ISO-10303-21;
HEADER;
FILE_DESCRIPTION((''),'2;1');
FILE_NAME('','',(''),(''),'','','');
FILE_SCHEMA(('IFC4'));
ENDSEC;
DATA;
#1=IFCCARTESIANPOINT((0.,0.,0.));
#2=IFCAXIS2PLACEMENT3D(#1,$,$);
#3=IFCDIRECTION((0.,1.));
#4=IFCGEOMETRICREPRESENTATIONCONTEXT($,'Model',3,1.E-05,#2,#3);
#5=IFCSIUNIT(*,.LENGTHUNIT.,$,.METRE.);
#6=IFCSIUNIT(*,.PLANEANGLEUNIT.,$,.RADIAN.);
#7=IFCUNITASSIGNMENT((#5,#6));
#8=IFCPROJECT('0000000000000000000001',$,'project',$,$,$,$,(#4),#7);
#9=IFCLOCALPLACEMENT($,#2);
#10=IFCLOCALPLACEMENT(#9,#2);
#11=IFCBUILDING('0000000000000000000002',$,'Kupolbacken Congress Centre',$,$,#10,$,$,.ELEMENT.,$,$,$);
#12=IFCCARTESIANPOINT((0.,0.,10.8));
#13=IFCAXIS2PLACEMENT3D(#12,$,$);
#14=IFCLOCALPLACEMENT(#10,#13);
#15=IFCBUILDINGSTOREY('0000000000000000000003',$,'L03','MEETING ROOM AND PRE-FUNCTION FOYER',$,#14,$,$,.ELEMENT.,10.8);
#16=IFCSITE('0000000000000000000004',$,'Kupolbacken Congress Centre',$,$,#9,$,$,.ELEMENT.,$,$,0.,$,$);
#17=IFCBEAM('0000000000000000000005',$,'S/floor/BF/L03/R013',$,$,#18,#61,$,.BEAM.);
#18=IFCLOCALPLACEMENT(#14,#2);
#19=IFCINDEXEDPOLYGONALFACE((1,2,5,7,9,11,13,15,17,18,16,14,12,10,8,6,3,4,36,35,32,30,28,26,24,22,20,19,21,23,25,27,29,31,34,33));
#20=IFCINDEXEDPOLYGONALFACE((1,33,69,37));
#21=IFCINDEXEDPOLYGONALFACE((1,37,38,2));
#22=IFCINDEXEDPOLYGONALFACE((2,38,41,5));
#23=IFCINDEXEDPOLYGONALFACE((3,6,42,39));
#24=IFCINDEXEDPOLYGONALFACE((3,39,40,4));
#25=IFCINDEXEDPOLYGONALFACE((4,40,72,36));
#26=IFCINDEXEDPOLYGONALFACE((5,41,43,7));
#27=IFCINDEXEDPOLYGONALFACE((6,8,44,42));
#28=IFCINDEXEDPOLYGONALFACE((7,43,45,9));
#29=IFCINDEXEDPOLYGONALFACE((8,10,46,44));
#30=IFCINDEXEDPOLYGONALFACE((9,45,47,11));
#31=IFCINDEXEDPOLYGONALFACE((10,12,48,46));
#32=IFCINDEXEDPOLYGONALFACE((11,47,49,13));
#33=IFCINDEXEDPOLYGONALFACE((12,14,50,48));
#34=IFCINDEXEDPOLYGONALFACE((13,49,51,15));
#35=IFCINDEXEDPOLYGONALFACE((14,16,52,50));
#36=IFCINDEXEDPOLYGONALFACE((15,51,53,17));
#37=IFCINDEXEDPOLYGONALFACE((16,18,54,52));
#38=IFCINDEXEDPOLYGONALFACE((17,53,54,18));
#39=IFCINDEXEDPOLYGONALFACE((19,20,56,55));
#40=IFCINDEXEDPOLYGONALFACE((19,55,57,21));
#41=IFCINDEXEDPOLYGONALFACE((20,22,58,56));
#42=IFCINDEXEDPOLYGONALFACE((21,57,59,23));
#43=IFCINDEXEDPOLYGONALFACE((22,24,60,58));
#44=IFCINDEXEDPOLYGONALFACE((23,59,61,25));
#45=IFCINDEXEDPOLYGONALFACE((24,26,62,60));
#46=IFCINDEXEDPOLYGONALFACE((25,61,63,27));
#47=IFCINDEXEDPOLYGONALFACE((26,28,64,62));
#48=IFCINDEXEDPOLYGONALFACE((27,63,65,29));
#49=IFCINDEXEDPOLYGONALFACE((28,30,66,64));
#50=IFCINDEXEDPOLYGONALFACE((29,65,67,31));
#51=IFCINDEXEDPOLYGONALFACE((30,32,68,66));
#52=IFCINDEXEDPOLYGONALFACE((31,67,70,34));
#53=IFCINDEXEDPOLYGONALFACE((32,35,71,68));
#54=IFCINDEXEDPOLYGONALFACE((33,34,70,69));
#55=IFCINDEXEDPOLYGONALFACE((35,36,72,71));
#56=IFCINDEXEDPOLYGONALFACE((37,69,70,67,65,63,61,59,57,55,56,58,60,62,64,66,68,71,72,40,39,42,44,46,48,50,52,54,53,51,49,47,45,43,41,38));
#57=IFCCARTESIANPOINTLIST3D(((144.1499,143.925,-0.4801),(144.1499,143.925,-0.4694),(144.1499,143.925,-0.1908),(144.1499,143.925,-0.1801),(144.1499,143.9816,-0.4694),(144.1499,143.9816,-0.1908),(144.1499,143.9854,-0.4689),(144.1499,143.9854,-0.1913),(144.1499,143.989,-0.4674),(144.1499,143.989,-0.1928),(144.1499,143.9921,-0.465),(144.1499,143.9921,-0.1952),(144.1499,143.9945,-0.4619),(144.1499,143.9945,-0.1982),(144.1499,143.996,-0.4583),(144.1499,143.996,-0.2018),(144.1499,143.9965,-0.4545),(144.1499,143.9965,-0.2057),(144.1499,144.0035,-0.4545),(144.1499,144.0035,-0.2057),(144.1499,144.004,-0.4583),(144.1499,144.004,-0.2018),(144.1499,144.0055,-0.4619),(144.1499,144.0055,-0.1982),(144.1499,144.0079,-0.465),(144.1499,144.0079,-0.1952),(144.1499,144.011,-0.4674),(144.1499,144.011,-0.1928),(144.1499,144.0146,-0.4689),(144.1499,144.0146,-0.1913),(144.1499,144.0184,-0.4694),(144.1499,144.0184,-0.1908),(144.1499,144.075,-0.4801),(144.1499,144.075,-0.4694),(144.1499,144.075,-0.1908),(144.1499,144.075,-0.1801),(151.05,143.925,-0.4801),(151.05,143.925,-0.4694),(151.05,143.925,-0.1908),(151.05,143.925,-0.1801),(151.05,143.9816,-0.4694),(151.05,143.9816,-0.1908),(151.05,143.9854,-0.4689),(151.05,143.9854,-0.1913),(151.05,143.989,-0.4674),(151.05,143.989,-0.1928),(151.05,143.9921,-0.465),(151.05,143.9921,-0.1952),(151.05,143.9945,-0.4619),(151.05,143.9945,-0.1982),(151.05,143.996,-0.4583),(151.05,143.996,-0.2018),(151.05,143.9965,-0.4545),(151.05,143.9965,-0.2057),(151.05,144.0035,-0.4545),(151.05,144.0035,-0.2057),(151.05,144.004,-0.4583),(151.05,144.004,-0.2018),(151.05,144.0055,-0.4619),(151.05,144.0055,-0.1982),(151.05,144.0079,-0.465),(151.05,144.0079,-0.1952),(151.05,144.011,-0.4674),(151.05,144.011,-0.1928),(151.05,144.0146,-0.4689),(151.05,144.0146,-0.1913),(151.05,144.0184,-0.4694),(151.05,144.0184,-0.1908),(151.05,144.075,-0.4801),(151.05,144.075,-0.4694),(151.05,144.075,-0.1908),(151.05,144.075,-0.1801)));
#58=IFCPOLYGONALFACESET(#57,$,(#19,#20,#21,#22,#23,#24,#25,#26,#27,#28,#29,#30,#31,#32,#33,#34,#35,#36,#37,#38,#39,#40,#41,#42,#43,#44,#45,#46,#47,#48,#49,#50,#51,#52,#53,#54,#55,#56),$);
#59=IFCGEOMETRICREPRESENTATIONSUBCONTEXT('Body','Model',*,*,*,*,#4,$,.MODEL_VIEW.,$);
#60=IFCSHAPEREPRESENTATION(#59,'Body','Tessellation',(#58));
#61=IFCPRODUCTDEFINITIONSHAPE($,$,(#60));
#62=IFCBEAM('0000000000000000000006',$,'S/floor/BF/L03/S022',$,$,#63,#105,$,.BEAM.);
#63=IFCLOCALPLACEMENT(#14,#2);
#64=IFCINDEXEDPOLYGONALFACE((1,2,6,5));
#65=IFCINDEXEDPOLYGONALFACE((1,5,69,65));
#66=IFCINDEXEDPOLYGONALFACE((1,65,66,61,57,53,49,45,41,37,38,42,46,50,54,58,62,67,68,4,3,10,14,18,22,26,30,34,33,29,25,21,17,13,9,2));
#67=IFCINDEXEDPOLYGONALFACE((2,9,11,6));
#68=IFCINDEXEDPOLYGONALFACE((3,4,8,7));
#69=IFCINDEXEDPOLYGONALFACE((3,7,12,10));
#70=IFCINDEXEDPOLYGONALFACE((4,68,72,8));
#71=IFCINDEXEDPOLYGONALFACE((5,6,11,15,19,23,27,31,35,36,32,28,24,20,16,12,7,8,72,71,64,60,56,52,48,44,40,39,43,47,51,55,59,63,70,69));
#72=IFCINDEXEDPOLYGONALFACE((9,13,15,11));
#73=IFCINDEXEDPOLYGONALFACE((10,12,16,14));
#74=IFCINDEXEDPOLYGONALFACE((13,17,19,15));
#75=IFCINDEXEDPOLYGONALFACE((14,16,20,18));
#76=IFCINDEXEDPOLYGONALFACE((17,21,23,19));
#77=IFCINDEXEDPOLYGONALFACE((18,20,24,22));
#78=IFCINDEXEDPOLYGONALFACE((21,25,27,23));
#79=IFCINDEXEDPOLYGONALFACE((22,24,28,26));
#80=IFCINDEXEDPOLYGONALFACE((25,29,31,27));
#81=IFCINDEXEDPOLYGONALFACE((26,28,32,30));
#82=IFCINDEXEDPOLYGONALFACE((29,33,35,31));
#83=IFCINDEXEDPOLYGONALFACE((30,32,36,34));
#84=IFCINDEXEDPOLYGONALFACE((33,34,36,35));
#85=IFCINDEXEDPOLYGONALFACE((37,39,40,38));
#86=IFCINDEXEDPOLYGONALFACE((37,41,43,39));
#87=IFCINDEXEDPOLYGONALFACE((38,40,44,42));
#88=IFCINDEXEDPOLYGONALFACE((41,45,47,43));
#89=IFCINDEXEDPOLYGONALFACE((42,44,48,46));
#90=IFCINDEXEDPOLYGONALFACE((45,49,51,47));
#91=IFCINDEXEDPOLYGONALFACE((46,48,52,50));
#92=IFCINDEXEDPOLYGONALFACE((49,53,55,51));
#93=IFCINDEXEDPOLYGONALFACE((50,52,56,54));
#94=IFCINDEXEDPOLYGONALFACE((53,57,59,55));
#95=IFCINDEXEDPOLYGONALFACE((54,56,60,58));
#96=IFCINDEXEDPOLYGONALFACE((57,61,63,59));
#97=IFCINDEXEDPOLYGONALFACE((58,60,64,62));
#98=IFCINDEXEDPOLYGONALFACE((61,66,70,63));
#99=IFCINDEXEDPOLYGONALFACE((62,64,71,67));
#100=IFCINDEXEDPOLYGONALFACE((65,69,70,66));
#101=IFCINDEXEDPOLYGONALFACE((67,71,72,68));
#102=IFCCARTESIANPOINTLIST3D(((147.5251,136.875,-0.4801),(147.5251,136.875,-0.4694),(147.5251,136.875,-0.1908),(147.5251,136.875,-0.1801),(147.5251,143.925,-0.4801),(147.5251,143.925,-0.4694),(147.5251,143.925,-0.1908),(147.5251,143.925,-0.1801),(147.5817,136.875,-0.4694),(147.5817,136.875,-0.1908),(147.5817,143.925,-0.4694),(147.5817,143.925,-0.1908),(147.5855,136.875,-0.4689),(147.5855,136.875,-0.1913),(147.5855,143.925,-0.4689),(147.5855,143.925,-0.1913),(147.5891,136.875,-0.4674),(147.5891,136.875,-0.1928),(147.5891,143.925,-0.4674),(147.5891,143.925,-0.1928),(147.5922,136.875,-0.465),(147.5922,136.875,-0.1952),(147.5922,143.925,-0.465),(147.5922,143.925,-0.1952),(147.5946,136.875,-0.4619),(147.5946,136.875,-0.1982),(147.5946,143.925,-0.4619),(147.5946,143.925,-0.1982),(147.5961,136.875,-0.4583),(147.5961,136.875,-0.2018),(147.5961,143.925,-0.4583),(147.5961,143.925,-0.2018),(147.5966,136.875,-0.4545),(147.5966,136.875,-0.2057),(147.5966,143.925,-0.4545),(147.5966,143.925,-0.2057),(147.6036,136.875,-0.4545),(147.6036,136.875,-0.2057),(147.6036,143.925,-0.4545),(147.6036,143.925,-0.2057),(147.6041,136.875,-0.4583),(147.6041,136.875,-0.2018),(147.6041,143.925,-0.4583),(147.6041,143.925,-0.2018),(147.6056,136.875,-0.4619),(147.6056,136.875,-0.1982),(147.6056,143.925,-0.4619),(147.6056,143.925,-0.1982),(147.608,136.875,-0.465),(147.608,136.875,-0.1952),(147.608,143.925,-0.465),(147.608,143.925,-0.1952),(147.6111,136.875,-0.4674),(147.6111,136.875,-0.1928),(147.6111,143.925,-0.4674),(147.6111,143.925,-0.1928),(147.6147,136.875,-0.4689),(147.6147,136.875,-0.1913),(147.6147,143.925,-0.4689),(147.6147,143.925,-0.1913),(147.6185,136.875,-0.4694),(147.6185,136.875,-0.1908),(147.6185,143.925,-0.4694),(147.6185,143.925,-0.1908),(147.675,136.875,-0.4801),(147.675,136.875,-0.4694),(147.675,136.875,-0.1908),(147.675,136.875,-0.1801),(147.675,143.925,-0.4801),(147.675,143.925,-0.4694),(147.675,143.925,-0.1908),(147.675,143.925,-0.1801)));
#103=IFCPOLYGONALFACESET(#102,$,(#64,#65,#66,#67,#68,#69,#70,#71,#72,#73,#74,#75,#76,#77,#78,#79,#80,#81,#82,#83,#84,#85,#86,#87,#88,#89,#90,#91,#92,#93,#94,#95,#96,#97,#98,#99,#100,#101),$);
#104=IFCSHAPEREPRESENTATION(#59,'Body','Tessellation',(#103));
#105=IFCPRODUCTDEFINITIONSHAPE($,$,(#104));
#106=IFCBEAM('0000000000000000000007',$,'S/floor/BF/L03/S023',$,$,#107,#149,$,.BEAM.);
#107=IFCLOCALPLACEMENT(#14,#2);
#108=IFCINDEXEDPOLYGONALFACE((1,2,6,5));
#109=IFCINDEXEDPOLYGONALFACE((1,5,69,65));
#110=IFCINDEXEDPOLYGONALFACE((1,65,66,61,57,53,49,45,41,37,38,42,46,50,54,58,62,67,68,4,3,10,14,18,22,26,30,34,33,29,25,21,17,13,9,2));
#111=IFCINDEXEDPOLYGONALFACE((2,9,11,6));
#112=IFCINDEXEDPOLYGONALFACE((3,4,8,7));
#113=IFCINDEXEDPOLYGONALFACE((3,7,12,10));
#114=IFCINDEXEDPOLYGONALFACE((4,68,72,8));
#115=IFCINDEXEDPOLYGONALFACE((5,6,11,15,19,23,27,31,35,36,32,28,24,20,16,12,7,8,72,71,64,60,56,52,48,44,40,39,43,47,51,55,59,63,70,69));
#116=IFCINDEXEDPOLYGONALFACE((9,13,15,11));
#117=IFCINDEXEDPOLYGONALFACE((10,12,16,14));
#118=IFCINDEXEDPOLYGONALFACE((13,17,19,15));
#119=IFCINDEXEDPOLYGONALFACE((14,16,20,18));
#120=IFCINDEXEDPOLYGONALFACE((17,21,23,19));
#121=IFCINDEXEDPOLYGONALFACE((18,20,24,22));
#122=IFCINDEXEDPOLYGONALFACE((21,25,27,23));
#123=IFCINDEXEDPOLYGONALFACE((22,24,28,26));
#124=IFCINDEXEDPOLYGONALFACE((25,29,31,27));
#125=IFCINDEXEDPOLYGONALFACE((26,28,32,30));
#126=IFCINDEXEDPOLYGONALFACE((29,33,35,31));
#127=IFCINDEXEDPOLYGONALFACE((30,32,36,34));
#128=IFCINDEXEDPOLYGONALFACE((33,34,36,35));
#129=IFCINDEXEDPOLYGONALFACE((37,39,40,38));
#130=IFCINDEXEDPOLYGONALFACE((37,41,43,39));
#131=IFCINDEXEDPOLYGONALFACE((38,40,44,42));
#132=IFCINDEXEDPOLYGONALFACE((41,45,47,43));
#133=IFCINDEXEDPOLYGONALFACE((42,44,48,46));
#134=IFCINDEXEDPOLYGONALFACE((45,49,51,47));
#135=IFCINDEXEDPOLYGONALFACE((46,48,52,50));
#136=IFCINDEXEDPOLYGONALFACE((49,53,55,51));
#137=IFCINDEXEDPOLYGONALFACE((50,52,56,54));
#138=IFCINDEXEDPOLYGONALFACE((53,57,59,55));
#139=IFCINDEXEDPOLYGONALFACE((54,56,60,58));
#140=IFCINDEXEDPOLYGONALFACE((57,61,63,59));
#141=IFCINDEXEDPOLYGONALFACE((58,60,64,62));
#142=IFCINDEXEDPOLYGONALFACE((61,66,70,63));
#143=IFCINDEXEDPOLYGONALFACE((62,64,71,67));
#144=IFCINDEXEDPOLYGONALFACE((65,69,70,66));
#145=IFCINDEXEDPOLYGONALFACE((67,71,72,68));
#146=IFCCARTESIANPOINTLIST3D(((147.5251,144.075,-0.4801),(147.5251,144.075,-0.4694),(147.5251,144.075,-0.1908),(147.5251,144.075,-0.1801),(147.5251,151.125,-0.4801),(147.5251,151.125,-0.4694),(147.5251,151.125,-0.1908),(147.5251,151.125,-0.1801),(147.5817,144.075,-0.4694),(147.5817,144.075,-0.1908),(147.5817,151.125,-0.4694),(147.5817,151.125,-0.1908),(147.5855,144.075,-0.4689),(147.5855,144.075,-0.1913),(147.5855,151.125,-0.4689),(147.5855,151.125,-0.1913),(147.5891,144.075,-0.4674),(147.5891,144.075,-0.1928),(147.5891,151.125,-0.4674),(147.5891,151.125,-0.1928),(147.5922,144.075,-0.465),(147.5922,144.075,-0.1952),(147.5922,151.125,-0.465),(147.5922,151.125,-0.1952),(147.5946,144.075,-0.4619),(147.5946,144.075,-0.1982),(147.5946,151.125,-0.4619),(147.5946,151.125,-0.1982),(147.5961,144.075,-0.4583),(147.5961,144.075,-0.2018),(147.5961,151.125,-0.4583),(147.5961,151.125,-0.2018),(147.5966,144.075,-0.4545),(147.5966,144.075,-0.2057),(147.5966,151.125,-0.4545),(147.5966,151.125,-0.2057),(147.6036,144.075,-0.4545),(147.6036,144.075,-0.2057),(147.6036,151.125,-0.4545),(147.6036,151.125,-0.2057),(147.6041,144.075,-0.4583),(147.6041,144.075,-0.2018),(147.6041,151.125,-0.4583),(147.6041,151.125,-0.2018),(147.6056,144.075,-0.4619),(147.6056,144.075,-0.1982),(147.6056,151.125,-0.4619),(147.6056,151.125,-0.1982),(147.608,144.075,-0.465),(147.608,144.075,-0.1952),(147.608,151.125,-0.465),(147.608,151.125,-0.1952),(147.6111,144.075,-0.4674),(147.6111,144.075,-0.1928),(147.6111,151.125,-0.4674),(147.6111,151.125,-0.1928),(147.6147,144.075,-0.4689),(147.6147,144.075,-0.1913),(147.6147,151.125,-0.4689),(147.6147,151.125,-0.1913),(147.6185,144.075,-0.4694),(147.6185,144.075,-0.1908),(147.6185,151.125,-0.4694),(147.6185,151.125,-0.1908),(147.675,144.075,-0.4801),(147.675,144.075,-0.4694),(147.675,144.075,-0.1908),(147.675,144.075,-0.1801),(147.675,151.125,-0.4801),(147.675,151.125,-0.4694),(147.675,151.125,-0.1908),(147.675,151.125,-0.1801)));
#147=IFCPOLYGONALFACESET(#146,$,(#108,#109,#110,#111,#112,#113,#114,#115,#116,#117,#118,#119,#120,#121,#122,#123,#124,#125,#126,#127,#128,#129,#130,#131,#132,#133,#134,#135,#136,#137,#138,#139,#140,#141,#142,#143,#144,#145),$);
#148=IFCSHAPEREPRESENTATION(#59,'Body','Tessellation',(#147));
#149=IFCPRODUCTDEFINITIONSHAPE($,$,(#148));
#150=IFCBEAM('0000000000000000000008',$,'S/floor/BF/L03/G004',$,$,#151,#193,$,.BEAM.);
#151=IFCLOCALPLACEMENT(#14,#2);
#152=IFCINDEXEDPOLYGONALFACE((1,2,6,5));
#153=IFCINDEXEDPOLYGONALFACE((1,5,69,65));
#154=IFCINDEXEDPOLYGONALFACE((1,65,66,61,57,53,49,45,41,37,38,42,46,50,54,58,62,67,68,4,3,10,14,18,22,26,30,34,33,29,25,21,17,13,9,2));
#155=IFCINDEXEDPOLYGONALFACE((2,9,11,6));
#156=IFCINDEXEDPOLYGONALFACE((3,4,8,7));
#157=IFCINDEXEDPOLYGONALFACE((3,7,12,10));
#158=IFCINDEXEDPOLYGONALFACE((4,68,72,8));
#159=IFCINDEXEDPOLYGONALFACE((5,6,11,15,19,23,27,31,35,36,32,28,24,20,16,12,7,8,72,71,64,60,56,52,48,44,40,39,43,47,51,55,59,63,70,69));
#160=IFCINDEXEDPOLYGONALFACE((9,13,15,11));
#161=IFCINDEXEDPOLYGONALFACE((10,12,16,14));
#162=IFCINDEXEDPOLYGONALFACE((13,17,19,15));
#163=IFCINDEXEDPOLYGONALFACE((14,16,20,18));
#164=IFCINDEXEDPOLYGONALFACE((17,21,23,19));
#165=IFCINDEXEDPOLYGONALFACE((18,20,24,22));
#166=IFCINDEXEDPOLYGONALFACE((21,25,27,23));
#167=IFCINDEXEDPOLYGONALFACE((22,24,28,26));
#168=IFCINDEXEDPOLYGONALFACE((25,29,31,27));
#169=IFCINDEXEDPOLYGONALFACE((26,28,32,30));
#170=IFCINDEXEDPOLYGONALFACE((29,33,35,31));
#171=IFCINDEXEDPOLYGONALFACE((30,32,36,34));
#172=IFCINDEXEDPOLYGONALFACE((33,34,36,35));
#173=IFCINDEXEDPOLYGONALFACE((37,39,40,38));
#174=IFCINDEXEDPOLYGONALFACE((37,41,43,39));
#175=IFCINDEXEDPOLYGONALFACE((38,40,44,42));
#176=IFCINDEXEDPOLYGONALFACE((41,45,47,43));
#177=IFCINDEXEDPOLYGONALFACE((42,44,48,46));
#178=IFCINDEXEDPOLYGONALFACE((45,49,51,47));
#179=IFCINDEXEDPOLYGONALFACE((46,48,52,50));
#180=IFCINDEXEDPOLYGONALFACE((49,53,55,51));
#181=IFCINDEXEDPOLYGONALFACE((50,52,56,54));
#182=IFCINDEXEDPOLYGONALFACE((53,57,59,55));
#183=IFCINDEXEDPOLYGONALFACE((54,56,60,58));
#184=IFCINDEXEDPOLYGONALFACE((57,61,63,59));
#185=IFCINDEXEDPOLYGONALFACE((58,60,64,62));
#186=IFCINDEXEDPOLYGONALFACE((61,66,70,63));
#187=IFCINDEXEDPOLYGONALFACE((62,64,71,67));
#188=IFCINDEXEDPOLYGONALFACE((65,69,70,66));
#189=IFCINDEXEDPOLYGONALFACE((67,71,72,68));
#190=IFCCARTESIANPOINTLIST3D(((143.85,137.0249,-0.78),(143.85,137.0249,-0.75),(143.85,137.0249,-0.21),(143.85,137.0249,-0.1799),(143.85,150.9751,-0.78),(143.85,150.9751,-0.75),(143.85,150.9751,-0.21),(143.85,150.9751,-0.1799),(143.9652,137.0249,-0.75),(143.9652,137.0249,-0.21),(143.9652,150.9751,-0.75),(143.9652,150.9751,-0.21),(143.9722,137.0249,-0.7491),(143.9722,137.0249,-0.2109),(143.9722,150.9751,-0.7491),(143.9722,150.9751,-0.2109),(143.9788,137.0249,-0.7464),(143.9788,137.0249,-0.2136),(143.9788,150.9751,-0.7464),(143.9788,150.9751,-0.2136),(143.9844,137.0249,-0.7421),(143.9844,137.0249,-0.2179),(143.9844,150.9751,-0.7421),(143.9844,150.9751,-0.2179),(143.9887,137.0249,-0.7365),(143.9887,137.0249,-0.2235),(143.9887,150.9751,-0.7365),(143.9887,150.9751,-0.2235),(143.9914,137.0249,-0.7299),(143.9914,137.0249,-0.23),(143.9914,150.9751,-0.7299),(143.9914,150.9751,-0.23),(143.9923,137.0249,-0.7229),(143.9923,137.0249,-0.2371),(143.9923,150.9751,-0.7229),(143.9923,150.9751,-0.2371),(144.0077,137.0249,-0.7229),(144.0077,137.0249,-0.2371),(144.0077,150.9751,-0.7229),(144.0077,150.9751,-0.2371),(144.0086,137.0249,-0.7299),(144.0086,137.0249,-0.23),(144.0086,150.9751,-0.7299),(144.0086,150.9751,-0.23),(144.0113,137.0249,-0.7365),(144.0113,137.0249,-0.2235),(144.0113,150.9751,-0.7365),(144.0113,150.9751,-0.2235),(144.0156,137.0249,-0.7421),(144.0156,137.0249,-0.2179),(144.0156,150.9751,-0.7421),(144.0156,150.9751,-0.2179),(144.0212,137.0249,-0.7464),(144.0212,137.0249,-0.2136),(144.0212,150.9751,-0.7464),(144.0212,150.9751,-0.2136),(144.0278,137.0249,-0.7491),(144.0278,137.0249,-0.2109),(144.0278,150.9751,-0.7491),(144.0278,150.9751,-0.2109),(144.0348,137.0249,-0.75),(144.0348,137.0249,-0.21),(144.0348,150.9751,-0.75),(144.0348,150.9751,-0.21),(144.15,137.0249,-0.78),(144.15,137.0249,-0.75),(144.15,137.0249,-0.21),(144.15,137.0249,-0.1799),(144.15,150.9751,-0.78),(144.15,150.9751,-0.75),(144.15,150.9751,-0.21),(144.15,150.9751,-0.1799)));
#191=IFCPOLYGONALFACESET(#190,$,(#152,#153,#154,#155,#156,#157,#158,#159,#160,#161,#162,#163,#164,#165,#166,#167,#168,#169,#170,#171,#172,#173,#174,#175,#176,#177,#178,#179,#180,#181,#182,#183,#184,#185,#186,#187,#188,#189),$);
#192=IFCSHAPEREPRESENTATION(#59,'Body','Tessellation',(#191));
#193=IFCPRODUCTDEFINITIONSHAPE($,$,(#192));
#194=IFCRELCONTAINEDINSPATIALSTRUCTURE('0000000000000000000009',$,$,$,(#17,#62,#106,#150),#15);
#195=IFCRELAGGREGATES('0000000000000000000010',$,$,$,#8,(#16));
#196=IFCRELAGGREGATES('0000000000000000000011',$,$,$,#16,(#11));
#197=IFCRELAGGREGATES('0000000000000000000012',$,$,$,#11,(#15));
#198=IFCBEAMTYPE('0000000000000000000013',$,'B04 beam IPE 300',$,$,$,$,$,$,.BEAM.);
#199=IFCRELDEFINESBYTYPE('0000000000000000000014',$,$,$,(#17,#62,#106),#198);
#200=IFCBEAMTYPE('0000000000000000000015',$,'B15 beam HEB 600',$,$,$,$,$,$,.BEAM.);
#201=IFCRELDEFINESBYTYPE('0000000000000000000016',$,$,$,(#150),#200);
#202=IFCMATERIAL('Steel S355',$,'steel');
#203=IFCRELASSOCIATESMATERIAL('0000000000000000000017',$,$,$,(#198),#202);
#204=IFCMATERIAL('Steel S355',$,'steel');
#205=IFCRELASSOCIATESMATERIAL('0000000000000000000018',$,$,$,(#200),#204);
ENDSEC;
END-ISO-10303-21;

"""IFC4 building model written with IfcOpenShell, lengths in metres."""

from ifc_helpers import new_model, si_unit, direction, frame, origin, origin_2d, place, context, subcontext, project, spatial, i_section, extrude, material, material_profile, profile_set, type_object, element, save


model = new_model("IFC4")

# Units and contexts
model_context = context("Model", 3, precision=1e-05, world=origin(), true_north=direction((0.0, 1.0)))
body_context = subcontext(model_context, "Body", "Model", "MODEL_VIEW")
ifc_project = project(units=[si_unit("LENGTHUNIT", "METRE"), si_unit("PLANEANGLEUNIT", "RADIAN")], contexts=[model_context])

# Site, building, storey
site_placement = place(None, origin())
site = spatial("IfcSite", under=ifc_project, at=site_placement, Name="Kupolbacken Congress Centre", CompositionType="ELEMENT", RefElevation=0.0)
building_placement = place(site_placement, origin())
building = spatial("IfcBuilding", under=site, at=building_placement, Name="Kupolbacken Congress Centre", CompositionType="ELEMENT")
storey_placement = place(building_placement, frame((0.0, 0.0, 10.8)))
storey = spatial("IfcBuildingStorey", under=building, at=storey_placement, Name="L03", Description="MEETING ROOM AND PRE-FUNCTION FOYER", CompositionType="ELEMENT", Elevation=10.8)

# Beams
ifc_material_1 = material(Name="Steel S355", Category="steel")
ifc_material_profile_1 = material_profile(ifc_material_1, i_section(OverallWidth=0.1499, OverallDepth=0.3, WebThickness=0.0071, FlangeThickness=0.0107, FilletRadius=0.0149, at=origin_2d()), Name="IPE 300")
ifc_profile_set_1 = profile_set([ifc_material_profile_1], Name="Steel S355")
beam_type_1 = type_object("IfcBeamType", Name="B04 beam IPE 300", PredefinedType="BEAM", material=ifc_profile_set_1)
beam_1_placement = place(storey_placement, frame((144.1499, 144.0, -0.3301), z_axis=(1.0, 0.0, 0.0), x_axis=(0.0, 1.0, 0.0)))
element("IfcBeam", 1, at=beam_1_placement, inside=storey, type_object=beam_type_1, Name="S/floor/BF/L03/R013", PredefinedType="BEAM", context=body_context, shape_type="SweptSolid", body=[
    extrude(i_section(OverallWidth=0.1499, OverallDepth=0.3, WebThickness=0.0071, FlangeThickness=0.0107, FilletRadius=0.0149, at=origin_2d()), origin(), (0.0, 0.0, 1.0), 6.9001),
])
for number, where, z_axis, x_axis, name in (
    (2, (147.6001, 136.875, -0.3301), (0.0, 1.0, 0.0), (-1.0, 0.0, 0.0), "S/floor/BF/L03/S022"),
    (3, (147.6001, 144.075, -0.3301), (0.0, 1.0, 0.0), (-1.0, 0.0, 0.0), "S/floor/BF/L03/S023"),
):
    element("IfcBeam", number, at=place(storey_placement, frame(where, z_axis=z_axis, x_axis=x_axis)), inside=storey, type_object=beam_type_1, Name=name, PredefinedType="BEAM", context=body_context, shape_type="SweptSolid", body=[
        extrude(i_section(OverallWidth=0.1499, OverallDepth=0.3, WebThickness=0.0071, FlangeThickness=0.0107, FilletRadius=0.0149, at=origin_2d()), origin(), (0.0, 0.0, 1.0), 7.05),
    ])
ifc_material_2 = material(Name="Steel S355", Category="steel")
ifc_material_profile_2 = material_profile(ifc_material_2, i_section(OverallWidth=0.3, OverallDepth=0.6001, WebThickness=0.0154, FlangeThickness=0.03, FilletRadius=0.0271, at=origin_2d()), Name="HEB 600")
ifc_profile_set_2 = profile_set([ifc_material_profile_2], Name="Steel S355")
beam_type_2 = type_object("IfcBeamType", Name="B15 beam HEB 600", PredefinedType="BEAM", material=ifc_profile_set_2)
beam_2_placement = place(storey_placement, frame((144.0, 137.0249, -0.48), z_axis=(0.0, 1.0, 0.0), x_axis=(-1.0, 0.0, 0.0)))
element("IfcBeam", 4, at=beam_2_placement, inside=storey, type_object=beam_type_2, Name="S/floor/BF/L03/G004", PredefinedType="BEAM", context=body_context, shape_type="SweptSolid", body=[
    extrude(i_section(OverallWidth=0.3, OverallDepth=0.6001, WebThickness=0.0154, FlangeThickness=0.03, FilletRadius=0.0271, at=origin_2d()), origin(), (0.0, 0.0, 1.0), 13.9502),
])

save(model, "model.ifc")
